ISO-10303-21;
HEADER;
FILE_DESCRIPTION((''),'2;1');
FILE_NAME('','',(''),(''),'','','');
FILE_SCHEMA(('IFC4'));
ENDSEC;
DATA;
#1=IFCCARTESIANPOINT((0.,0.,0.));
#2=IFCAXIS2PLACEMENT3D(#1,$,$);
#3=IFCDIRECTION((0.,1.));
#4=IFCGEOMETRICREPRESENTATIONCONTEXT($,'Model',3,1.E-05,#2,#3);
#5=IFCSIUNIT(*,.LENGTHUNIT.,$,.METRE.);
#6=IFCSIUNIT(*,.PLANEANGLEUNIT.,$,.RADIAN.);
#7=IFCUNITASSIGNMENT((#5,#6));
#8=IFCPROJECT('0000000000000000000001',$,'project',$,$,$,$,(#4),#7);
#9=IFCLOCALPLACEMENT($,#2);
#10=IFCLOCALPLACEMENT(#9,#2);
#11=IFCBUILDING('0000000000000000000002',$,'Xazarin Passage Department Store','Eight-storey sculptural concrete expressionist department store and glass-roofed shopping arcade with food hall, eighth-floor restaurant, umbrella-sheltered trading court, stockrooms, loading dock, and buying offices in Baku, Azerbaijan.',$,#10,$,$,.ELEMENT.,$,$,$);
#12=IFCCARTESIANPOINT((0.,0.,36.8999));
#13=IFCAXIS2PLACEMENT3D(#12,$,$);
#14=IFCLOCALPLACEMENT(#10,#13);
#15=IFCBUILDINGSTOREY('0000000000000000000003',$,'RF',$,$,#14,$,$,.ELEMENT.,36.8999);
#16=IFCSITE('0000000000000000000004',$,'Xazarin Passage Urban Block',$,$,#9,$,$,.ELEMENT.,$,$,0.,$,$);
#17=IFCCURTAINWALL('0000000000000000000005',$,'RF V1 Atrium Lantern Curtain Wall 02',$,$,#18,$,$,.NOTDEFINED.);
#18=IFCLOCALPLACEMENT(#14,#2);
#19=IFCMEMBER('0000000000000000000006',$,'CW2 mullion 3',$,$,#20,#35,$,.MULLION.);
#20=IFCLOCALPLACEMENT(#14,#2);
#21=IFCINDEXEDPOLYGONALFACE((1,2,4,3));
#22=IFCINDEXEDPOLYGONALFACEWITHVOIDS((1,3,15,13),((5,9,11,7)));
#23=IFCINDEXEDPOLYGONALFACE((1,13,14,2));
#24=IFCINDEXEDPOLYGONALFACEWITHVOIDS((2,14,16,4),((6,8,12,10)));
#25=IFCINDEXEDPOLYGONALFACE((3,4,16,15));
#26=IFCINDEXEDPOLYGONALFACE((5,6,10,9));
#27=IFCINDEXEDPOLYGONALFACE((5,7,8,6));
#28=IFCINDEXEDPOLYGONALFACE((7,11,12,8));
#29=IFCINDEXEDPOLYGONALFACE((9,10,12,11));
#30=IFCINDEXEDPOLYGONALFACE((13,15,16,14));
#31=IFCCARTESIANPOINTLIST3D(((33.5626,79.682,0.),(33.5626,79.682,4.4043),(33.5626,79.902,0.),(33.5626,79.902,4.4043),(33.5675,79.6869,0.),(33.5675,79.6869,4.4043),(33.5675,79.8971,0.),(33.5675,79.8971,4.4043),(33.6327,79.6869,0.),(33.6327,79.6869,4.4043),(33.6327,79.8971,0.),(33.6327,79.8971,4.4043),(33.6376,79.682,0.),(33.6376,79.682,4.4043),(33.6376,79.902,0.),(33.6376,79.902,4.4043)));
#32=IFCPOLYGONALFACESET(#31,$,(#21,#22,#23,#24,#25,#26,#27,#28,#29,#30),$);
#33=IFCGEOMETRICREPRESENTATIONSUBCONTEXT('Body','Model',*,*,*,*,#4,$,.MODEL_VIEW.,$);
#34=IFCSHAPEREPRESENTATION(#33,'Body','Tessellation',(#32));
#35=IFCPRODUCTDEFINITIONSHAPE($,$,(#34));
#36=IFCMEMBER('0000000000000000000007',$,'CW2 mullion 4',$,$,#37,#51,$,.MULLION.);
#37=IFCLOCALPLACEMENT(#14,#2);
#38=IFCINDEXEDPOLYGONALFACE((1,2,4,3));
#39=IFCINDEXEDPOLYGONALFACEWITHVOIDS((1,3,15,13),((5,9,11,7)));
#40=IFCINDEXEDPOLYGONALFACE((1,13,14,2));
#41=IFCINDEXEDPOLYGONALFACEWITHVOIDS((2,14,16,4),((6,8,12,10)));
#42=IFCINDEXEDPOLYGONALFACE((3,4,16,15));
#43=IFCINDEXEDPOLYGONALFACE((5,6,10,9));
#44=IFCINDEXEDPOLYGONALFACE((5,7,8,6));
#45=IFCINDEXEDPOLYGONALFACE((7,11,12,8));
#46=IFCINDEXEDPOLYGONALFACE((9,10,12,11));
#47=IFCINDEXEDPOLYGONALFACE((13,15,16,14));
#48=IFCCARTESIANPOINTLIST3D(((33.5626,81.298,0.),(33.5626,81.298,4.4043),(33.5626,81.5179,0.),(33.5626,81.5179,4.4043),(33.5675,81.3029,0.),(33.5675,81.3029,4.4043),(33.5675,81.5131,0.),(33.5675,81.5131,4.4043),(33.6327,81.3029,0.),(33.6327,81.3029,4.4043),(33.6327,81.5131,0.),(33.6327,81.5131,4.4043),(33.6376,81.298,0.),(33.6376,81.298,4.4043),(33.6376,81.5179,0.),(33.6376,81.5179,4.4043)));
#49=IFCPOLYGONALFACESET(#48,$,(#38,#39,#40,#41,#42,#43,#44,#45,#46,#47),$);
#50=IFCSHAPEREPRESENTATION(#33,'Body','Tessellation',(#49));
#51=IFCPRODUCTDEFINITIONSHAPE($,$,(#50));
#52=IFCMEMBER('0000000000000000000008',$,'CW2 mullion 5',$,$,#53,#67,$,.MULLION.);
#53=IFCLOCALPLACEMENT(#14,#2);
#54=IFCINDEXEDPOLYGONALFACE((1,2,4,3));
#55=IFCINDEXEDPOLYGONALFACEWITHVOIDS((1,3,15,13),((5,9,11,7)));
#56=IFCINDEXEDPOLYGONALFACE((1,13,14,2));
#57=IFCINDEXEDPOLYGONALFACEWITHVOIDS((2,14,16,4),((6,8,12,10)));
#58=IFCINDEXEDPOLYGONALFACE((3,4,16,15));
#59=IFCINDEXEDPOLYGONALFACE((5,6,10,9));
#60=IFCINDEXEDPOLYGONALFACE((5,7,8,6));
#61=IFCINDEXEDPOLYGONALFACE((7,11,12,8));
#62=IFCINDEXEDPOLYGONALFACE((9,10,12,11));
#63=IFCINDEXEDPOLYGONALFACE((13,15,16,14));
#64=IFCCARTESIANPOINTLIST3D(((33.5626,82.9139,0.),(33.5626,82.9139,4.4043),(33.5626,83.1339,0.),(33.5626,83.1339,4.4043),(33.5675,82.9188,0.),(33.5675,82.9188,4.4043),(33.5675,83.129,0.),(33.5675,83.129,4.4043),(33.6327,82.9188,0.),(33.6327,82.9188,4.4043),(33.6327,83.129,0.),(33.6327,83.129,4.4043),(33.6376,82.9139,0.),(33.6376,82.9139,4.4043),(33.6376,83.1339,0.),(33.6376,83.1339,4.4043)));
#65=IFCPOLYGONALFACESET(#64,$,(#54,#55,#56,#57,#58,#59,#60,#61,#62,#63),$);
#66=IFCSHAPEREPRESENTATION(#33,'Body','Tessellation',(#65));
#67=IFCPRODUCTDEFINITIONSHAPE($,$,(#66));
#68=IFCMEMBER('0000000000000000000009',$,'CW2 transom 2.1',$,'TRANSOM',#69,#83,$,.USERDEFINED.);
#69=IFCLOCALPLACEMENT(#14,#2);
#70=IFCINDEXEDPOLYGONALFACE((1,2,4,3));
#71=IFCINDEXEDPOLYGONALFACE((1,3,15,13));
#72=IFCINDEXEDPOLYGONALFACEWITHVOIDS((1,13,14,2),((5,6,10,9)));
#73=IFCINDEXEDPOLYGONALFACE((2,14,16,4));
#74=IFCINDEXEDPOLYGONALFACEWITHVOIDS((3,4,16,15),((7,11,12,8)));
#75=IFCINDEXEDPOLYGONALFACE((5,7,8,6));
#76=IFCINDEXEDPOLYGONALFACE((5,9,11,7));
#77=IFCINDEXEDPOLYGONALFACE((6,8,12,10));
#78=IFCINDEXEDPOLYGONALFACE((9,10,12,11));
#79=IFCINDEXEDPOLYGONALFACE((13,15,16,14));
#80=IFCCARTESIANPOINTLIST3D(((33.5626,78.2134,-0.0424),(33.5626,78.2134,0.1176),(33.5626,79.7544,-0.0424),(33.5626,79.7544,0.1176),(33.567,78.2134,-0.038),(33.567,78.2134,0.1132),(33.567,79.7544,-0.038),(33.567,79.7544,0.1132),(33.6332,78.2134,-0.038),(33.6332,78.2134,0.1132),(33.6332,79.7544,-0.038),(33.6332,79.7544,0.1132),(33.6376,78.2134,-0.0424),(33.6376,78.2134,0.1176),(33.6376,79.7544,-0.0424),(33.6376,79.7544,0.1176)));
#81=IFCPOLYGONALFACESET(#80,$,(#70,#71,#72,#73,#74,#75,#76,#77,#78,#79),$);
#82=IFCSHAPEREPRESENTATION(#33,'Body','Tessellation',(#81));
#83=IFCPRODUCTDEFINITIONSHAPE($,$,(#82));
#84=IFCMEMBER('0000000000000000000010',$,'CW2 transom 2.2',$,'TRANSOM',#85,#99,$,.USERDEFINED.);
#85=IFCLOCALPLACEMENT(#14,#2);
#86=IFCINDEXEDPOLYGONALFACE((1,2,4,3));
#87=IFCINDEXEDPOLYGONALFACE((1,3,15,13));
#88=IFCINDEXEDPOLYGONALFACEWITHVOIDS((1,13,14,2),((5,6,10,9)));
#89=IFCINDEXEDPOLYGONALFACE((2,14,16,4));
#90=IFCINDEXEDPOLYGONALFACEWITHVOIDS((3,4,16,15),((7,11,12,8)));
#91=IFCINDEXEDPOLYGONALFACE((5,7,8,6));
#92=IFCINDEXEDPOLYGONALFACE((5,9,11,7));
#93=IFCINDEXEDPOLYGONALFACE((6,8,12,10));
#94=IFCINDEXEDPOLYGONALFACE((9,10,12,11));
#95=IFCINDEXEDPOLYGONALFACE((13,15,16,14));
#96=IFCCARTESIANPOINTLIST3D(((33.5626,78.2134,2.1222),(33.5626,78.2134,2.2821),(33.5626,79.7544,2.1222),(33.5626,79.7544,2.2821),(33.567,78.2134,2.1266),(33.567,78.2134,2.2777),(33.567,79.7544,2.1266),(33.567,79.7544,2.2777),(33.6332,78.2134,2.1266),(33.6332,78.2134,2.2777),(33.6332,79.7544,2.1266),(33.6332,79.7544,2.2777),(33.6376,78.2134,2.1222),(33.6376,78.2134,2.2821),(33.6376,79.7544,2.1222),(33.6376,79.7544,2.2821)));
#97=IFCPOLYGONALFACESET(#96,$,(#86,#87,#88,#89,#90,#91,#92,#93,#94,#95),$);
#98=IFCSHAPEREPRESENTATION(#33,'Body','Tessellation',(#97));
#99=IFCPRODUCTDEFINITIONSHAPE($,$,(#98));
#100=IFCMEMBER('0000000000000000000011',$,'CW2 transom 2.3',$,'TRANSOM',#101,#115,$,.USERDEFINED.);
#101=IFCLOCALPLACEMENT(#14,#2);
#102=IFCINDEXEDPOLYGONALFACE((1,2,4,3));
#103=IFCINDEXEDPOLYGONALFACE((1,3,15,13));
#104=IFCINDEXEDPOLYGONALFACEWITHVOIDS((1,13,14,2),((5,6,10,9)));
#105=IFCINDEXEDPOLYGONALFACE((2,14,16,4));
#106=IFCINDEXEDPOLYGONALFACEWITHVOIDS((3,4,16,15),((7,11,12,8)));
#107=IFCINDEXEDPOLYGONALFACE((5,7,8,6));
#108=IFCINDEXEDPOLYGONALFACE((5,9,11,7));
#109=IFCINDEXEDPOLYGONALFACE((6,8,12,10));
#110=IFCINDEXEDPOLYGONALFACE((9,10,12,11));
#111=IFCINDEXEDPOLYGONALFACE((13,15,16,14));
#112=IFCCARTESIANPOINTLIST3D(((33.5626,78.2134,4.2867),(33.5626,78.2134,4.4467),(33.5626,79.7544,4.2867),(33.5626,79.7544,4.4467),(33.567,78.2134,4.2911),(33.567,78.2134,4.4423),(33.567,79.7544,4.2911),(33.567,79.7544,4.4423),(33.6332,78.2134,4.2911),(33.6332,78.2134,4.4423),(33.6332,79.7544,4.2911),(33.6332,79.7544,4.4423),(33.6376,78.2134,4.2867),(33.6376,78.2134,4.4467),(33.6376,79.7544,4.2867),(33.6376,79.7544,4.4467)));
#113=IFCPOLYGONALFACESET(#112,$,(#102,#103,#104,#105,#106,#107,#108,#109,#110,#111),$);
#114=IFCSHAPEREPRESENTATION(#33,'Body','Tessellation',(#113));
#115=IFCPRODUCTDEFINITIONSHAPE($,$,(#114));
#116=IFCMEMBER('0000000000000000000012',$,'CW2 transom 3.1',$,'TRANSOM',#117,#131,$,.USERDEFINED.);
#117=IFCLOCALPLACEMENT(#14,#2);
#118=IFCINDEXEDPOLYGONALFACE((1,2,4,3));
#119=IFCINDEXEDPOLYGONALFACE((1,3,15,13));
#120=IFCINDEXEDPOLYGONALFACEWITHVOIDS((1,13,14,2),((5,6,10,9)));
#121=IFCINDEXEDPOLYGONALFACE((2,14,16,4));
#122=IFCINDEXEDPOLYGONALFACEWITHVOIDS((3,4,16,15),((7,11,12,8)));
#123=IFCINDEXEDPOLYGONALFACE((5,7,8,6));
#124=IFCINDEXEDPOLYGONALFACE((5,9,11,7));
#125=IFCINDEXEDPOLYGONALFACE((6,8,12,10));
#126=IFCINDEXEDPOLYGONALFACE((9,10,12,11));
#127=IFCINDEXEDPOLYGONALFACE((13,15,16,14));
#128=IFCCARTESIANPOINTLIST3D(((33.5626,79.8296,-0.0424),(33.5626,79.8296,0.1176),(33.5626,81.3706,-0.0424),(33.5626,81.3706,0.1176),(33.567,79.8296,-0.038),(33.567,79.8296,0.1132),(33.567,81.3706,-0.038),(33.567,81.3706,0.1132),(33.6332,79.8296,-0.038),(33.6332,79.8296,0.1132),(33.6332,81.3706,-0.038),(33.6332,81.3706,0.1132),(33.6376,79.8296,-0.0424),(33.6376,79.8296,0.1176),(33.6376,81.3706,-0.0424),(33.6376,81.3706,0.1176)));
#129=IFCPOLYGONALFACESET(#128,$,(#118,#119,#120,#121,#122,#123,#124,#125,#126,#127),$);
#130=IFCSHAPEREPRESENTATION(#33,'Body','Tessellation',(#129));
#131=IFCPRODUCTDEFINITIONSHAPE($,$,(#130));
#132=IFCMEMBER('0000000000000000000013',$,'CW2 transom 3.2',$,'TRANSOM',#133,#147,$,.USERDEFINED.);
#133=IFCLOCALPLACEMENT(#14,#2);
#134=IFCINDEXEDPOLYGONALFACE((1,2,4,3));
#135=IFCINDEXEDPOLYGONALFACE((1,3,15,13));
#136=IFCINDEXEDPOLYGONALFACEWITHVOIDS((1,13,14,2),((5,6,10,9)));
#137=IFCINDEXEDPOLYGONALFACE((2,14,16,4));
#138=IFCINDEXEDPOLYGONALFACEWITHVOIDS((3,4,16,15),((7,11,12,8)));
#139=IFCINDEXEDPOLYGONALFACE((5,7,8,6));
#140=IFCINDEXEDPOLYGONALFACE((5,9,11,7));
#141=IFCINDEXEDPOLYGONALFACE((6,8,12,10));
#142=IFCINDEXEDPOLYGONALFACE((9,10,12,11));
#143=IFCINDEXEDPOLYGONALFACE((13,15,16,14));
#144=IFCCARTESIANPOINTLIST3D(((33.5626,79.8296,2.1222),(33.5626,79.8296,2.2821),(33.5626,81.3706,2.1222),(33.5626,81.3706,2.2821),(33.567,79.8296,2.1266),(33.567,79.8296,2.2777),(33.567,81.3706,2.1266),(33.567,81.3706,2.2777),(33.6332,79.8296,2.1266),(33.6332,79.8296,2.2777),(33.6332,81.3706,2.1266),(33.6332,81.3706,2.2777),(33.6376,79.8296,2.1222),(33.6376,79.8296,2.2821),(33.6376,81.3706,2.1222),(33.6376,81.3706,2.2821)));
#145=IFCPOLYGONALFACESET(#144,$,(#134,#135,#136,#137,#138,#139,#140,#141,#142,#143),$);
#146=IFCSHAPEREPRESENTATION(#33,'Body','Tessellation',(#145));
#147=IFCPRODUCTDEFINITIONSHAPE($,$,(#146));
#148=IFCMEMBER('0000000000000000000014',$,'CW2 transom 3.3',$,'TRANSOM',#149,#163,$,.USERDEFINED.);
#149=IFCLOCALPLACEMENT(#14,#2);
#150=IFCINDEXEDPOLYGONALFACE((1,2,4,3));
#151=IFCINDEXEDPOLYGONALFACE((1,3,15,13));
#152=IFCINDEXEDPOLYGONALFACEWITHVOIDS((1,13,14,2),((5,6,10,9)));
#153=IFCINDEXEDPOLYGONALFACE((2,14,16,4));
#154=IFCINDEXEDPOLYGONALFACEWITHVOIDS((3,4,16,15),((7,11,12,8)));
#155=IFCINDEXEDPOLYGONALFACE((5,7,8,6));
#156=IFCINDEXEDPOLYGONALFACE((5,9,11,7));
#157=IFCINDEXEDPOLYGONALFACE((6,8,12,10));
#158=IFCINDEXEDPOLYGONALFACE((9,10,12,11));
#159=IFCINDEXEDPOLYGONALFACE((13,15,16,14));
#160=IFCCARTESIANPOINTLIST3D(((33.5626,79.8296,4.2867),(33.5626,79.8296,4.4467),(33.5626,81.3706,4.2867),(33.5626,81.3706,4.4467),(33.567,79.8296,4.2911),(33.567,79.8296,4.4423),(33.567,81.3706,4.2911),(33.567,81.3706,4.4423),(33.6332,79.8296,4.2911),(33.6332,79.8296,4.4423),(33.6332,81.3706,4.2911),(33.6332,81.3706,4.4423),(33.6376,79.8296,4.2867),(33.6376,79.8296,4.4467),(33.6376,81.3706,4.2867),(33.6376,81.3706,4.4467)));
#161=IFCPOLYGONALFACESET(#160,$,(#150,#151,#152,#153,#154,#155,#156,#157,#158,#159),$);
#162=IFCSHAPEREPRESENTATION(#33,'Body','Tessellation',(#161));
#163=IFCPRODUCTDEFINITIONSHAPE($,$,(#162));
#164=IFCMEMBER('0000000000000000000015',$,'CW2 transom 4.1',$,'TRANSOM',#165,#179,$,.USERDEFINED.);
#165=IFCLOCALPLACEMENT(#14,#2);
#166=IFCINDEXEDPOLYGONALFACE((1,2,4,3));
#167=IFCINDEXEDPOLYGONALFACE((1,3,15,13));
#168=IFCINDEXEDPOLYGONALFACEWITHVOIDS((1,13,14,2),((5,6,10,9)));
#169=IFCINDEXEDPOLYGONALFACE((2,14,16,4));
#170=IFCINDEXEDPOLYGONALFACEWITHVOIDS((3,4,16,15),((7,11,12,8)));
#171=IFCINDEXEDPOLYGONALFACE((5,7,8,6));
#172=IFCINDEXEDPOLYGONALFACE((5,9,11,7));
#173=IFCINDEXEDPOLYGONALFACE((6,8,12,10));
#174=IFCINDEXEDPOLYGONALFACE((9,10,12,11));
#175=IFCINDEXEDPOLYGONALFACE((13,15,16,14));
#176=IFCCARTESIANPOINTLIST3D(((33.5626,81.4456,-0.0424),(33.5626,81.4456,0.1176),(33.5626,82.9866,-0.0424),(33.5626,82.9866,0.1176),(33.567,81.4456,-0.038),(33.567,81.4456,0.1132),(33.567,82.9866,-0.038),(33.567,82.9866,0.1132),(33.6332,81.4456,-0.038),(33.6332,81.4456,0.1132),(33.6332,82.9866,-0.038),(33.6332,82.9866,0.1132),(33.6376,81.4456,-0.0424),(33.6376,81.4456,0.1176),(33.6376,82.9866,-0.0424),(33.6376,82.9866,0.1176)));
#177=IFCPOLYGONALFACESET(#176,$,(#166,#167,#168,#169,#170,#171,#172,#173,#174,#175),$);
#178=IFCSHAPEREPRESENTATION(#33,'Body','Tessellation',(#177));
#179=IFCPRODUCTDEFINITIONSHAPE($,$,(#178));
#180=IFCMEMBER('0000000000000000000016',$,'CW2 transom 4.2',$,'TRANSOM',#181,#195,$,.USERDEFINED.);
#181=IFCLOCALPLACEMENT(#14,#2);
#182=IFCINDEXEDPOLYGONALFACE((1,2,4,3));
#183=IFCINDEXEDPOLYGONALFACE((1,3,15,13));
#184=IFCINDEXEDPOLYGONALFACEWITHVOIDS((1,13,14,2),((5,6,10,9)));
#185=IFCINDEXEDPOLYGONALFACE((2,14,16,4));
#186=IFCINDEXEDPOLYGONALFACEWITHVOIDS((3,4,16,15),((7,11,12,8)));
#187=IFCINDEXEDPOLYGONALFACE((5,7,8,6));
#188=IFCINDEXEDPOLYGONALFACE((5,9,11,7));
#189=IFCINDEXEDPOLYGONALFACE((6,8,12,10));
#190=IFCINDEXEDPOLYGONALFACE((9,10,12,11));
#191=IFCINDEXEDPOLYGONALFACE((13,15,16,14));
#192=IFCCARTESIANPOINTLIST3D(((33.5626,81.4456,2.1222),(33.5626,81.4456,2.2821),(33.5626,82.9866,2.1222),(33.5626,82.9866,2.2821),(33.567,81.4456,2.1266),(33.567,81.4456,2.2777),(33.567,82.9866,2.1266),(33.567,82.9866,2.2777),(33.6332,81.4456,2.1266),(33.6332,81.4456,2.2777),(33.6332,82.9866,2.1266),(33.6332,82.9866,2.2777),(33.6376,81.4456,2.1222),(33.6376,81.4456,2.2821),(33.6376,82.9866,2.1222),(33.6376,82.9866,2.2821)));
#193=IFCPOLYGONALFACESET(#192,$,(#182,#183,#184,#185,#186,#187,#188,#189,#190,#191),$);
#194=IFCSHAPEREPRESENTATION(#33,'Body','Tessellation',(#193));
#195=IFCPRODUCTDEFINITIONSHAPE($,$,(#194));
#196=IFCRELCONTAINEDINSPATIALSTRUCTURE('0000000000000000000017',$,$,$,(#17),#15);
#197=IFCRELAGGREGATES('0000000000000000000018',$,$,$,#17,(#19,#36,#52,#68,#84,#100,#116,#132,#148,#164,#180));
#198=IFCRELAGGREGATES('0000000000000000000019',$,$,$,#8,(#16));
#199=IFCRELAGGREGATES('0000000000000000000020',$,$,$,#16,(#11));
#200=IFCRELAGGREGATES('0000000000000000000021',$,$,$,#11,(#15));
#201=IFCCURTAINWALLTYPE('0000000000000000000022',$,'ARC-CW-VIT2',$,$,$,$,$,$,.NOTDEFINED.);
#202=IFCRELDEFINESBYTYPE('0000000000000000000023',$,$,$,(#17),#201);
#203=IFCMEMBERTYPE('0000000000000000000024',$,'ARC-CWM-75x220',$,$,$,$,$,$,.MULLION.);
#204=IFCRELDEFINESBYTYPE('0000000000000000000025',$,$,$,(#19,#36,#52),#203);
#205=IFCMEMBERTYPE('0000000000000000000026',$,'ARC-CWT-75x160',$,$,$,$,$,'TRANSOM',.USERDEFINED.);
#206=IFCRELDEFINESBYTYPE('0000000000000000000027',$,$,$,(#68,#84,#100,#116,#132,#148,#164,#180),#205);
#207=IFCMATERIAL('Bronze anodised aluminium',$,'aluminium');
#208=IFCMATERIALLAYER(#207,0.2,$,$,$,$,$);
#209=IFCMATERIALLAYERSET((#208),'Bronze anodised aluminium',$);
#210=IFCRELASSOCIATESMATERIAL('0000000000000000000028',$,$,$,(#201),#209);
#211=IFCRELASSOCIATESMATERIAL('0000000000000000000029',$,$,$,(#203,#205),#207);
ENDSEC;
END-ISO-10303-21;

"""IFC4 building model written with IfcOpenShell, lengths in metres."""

from ifc_helpers import new_model, si_unit, direction, frame, origin, origin_2d, place, context, subcontext, project, spatial, hollow_rectangle, extrude, material, layer, layer_set, material_profile, profile_set, type_object, element, aggregate, save


model = new_model("IFC4")

# Units and contexts
model_context = context("Model", 3, precision=1e-05, world=origin(), true_north=direction((0.0, 1.0)))
body_context = subcontext(model_context, "Body", "Model", "MODEL_VIEW")
ifc_project = project(units=[si_unit("LENGTHUNIT", "METRE"), si_unit("PLANEANGLEUNIT", "RADIAN")], contexts=[model_context])

# Site, building, storey
site_placement = place(None, origin())
site = spatial("IfcSite", under=ifc_project, at=site_placement, Name="Xazarin Passage Urban Block", CompositionType="ELEMENT", RefElevation=0.0)
building_placement = place(site_placement, origin())
building = spatial("IfcBuilding", under=site, at=building_placement, Name="Xazarin Passage Department Store", Description="Eight-storey sculptural concrete expressionist department store and glass-roofed shopping arcade with food hall, eighth-floor restaurant, umbrella-sheltered trading court, stockrooms, loading dock, and buying offices in Baku, Azerbaijan.", CompositionType="ELEMENT")
storey_placement = place(building_placement, frame((0.0, 0.0, 36.8999)))
storey = spatial("IfcBuildingStorey", under=building, at=storey_placement, Name="RF", CompositionType="ELEMENT", Elevation=36.8999)

# Curtain wall, members
ifc_material_1 = material(Name="Bronze anodised aluminium", Category="aluminium")
ifc_layer_1 = layer(ifc_material_1, 0.2)
ifc_layer_set_1 = layer_set([ifc_layer_1], Name="Bronze anodised aluminium")
curtain_wall_type = type_object("IfcCurtainWallType", Name="ARC-CW-VIT2", PredefinedType="NOTDEFINED", material=ifc_layer_set_1)
curtain_wall_placement = place(storey_placement, origin())
curtain_wall = element("IfcCurtainWall", 1, at=curtain_wall_placement, inside=storey, type_object=curtain_wall_type, Name="RF V1 Atrium Lantern Curtain Wall 02", PredefinedType="NOTDEFINED")
ifc_material_profile_1 = material_profile(ifc_material_1, hollow_rectangle(XDim=0.075, YDim=0.22, WallThickness=0.0049, at=origin_2d()), Name="ALU 75x220")
ifc_profile_set_1 = profile_set([ifc_material_profile_1], Name="Bronze anodised aluminium")
member_type_1 = type_object("IfcMemberType", Name="ARC-CWM-75x220", PredefinedType="MULLION", material=ifc_profile_set_1)
member_1_placement = place(storey_placement, frame((33.6001, 79.792, 0.0), z_axis=(0.0, 0.0, 1.0), x_axis=(-1.0, 0.0, 0.0)))
member_1 = element("IfcMember", 2, at=member_1_placement, type_object=member_type_1, Name="CW2 mullion 3", PredefinedType="MULLION", context=body_context, shape_type="SweptSolid", body=[
    extrude(hollow_rectangle(XDim=0.075, YDim=0.22, WallThickness=0.0049, at=origin_2d()), origin(), (0.0, 0.0, 1.0), 4.4043),
])
member_2_placement = place(storey_placement, frame((33.6001, 81.408, 0.0), z_axis=(0.0, 0.0, 1.0), x_axis=(-1.0, 0.0, 0.0)))
member_2 = element("IfcMember", 3, at=member_2_placement, type_object=member_type_1, Name="CW2 mullion 4", PredefinedType="MULLION", context=body_context, shape_type="SweptSolid", body=[
    extrude(hollow_rectangle(XDim=0.075, YDim=0.22, WallThickness=0.0049, at=origin_2d()), origin(), (0.0, 0.0, 1.0), 4.4043),
])
member_3_placement = place(storey_placement, frame((33.6001, 83.0239, 0.0), z_axis=(0.0, 0.0, 1.0), x_axis=(-1.0, 0.0, 0.0)))
member_3 = element("IfcMember", 4, at=member_3_placement, type_object=member_type_1, Name="CW2 mullion 5", PredefinedType="MULLION", context=body_context, shape_type="SweptSolid", body=[
    extrude(hollow_rectangle(XDim=0.075, YDim=0.22, WallThickness=0.0049, at=origin_2d()), origin(), (0.0, 0.0, 1.0), 4.4043),
])
ifc_material_profile_2 = material_profile(ifc_material_1, hollow_rectangle(XDim=0.075, YDim=0.1599, WallThickness=0.0044, at=origin_2d()), Name="ALU 75x160")
ifc_profile_set_2 = profile_set([ifc_material_profile_2], Name="Bronze anodised aluminium")
member_type_2 = type_object("IfcMemberType", Name="ARC-CWT-75x160", ElementType="TRANSOM", PredefinedType="USERDEFINED", material=ifc_profile_set_2)
member_4_placement = place(storey_placement, frame((33.6001, 78.2134, 0.0376), z_axis=(0.0, 1.0, 0.0), x_axis=(-1.0, 0.0, 0.0)))
member_4 = element("IfcMember", 5, at=member_4_placement, type_object=member_type_2, Name="CW2 transom 2.1", ObjectType="TRANSOM", PredefinedType="USERDEFINED", context=body_context, shape_type="SweptSolid", body=[
    extrude(hollow_rectangle(XDim=0.075, YDim=0.1599, WallThickness=0.0044, at=origin_2d()), origin(), (0.0, 0.0, 1.0), 1.541),
])
member_5_placement = place(storey_placement, frame((33.6001, 78.2134, 2.2021), z_axis=(0.0, 1.0, 0.0), x_axis=(-1.0, 0.0, 0.0)))
member_5 = element("IfcMember", 6, at=member_5_placement, type_object=member_type_2, Name="CW2 transom 2.2", ObjectType="TRANSOM", PredefinedType="USERDEFINED", context=body_context, shape_type="SweptSolid", body=[
    extrude(hollow_rectangle(XDim=0.075, YDim=0.1599, WallThickness=0.0044, at=origin_2d()), origin(), (0.0, 0.0, 1.0), 1.541),
])
member_6_placement = place(storey_placement, frame((33.6001, 78.2134, 4.3667), z_axis=(0.0, 1.0, 0.0), x_axis=(-1.0, 0.0, 0.0)))
member_6 = element("IfcMember", 7, at=member_6_placement, type_object=member_type_2, Name="CW2 transom 2.3", ObjectType="TRANSOM", PredefinedType="USERDEFINED", context=body_context, shape_type="SweptSolid", body=[
    extrude(hollow_rectangle(XDim=0.075, YDim=0.1599, WallThickness=0.0044, at=origin_2d()), origin(), (0.0, 0.0, 1.0), 1.541),
])
member_7_placement = place(storey_placement, frame((33.6001, 79.8296, 0.0376), z_axis=(0.0, 1.0, 0.0), x_axis=(-1.0, 0.0, 0.0)))
member_7 = element("IfcMember", 8, at=member_7_placement, type_object=member_type_2, Name="CW2 transom 3.1", ObjectType="TRANSOM", PredefinedType="USERDEFINED", context=body_context, shape_type="SweptSolid", body=[
    extrude(hollow_rectangle(XDim=0.075, YDim=0.1599, WallThickness=0.0044, at=origin_2d()), origin(), (0.0, 0.0, 1.0), 1.541),
])
member_8_placement = place(storey_placement, frame((33.6001, 79.8296, 2.2021), z_axis=(0.0, 1.0, 0.0), x_axis=(-1.0, 0.0, 0.0)))
member_8 = element("IfcMember", 9, at=member_8_placement, type_object=member_type_2, Name="CW2 transom 3.2", ObjectType="TRANSOM", PredefinedType="USERDEFINED", context=body_context, shape_type="SweptSolid", body=[
    extrude(hollow_rectangle(XDim=0.075, YDim=0.1599, WallThickness=0.0044, at=origin_2d()), origin(), (0.0, 0.0, 1.0), 1.541),
])
member_9_placement = place(storey_placement, frame((33.6001, 79.8296, 4.3667), z_axis=(0.0, 1.0, 0.0), x_axis=(-1.0, 0.0, 0.0)))
member_9 = element("IfcMember", 10, at=member_9_placement, type_object=member_type_2, Name="CW2 transom 3.3", ObjectType="TRANSOM", PredefinedType="USERDEFINED", context=body_context, shape_type="SweptSolid", body=[
    extrude(hollow_rectangle(XDim=0.075, YDim=0.1599, WallThickness=0.0044, at=origin_2d()), origin(), (0.0, 0.0, 1.0), 1.541),
])
member_10_placement = place(storey_placement, frame((33.6001, 81.4456, 0.0376), z_axis=(0.0, 1.0, 0.0), x_axis=(-1.0, 0.0, 0.0)))
member_10 = element("IfcMember", 11, at=member_10_placement, type_object=member_type_2, Name="CW2 transom 4.1", ObjectType="TRANSOM", PredefinedType="USERDEFINED", context=body_context, shape_type="SweptSolid", body=[
    extrude(hollow_rectangle(XDim=0.075, YDim=0.1599, WallThickness=0.0044, at=origin_2d()), origin(), (0.0, 0.0, 1.0), 1.541),
])
member_11_placement = place(storey_placement, frame((33.6001, 81.4456, 2.2021), z_axis=(0.0, 1.0, 0.0), x_axis=(-1.0, 0.0, 0.0)))
member_11 = element("IfcMember", 12, at=member_11_placement, type_object=member_type_2, Name="CW2 transom 4.2", ObjectType="TRANSOM", PredefinedType="USERDEFINED", context=body_context, shape_type="SweptSolid", body=[
    extrude(hollow_rectangle(XDim=0.075, YDim=0.1599, WallThickness=0.0044, at=origin_2d()), origin(), (0.0, 0.0, 1.0), 1.541),
])
aggregate(curtain_wall, [member_1, member_2, member_3, member_4, member_5, member_6, member_7, member_8, member_9, member_10, member_11])

save(model, "model.ifc")
